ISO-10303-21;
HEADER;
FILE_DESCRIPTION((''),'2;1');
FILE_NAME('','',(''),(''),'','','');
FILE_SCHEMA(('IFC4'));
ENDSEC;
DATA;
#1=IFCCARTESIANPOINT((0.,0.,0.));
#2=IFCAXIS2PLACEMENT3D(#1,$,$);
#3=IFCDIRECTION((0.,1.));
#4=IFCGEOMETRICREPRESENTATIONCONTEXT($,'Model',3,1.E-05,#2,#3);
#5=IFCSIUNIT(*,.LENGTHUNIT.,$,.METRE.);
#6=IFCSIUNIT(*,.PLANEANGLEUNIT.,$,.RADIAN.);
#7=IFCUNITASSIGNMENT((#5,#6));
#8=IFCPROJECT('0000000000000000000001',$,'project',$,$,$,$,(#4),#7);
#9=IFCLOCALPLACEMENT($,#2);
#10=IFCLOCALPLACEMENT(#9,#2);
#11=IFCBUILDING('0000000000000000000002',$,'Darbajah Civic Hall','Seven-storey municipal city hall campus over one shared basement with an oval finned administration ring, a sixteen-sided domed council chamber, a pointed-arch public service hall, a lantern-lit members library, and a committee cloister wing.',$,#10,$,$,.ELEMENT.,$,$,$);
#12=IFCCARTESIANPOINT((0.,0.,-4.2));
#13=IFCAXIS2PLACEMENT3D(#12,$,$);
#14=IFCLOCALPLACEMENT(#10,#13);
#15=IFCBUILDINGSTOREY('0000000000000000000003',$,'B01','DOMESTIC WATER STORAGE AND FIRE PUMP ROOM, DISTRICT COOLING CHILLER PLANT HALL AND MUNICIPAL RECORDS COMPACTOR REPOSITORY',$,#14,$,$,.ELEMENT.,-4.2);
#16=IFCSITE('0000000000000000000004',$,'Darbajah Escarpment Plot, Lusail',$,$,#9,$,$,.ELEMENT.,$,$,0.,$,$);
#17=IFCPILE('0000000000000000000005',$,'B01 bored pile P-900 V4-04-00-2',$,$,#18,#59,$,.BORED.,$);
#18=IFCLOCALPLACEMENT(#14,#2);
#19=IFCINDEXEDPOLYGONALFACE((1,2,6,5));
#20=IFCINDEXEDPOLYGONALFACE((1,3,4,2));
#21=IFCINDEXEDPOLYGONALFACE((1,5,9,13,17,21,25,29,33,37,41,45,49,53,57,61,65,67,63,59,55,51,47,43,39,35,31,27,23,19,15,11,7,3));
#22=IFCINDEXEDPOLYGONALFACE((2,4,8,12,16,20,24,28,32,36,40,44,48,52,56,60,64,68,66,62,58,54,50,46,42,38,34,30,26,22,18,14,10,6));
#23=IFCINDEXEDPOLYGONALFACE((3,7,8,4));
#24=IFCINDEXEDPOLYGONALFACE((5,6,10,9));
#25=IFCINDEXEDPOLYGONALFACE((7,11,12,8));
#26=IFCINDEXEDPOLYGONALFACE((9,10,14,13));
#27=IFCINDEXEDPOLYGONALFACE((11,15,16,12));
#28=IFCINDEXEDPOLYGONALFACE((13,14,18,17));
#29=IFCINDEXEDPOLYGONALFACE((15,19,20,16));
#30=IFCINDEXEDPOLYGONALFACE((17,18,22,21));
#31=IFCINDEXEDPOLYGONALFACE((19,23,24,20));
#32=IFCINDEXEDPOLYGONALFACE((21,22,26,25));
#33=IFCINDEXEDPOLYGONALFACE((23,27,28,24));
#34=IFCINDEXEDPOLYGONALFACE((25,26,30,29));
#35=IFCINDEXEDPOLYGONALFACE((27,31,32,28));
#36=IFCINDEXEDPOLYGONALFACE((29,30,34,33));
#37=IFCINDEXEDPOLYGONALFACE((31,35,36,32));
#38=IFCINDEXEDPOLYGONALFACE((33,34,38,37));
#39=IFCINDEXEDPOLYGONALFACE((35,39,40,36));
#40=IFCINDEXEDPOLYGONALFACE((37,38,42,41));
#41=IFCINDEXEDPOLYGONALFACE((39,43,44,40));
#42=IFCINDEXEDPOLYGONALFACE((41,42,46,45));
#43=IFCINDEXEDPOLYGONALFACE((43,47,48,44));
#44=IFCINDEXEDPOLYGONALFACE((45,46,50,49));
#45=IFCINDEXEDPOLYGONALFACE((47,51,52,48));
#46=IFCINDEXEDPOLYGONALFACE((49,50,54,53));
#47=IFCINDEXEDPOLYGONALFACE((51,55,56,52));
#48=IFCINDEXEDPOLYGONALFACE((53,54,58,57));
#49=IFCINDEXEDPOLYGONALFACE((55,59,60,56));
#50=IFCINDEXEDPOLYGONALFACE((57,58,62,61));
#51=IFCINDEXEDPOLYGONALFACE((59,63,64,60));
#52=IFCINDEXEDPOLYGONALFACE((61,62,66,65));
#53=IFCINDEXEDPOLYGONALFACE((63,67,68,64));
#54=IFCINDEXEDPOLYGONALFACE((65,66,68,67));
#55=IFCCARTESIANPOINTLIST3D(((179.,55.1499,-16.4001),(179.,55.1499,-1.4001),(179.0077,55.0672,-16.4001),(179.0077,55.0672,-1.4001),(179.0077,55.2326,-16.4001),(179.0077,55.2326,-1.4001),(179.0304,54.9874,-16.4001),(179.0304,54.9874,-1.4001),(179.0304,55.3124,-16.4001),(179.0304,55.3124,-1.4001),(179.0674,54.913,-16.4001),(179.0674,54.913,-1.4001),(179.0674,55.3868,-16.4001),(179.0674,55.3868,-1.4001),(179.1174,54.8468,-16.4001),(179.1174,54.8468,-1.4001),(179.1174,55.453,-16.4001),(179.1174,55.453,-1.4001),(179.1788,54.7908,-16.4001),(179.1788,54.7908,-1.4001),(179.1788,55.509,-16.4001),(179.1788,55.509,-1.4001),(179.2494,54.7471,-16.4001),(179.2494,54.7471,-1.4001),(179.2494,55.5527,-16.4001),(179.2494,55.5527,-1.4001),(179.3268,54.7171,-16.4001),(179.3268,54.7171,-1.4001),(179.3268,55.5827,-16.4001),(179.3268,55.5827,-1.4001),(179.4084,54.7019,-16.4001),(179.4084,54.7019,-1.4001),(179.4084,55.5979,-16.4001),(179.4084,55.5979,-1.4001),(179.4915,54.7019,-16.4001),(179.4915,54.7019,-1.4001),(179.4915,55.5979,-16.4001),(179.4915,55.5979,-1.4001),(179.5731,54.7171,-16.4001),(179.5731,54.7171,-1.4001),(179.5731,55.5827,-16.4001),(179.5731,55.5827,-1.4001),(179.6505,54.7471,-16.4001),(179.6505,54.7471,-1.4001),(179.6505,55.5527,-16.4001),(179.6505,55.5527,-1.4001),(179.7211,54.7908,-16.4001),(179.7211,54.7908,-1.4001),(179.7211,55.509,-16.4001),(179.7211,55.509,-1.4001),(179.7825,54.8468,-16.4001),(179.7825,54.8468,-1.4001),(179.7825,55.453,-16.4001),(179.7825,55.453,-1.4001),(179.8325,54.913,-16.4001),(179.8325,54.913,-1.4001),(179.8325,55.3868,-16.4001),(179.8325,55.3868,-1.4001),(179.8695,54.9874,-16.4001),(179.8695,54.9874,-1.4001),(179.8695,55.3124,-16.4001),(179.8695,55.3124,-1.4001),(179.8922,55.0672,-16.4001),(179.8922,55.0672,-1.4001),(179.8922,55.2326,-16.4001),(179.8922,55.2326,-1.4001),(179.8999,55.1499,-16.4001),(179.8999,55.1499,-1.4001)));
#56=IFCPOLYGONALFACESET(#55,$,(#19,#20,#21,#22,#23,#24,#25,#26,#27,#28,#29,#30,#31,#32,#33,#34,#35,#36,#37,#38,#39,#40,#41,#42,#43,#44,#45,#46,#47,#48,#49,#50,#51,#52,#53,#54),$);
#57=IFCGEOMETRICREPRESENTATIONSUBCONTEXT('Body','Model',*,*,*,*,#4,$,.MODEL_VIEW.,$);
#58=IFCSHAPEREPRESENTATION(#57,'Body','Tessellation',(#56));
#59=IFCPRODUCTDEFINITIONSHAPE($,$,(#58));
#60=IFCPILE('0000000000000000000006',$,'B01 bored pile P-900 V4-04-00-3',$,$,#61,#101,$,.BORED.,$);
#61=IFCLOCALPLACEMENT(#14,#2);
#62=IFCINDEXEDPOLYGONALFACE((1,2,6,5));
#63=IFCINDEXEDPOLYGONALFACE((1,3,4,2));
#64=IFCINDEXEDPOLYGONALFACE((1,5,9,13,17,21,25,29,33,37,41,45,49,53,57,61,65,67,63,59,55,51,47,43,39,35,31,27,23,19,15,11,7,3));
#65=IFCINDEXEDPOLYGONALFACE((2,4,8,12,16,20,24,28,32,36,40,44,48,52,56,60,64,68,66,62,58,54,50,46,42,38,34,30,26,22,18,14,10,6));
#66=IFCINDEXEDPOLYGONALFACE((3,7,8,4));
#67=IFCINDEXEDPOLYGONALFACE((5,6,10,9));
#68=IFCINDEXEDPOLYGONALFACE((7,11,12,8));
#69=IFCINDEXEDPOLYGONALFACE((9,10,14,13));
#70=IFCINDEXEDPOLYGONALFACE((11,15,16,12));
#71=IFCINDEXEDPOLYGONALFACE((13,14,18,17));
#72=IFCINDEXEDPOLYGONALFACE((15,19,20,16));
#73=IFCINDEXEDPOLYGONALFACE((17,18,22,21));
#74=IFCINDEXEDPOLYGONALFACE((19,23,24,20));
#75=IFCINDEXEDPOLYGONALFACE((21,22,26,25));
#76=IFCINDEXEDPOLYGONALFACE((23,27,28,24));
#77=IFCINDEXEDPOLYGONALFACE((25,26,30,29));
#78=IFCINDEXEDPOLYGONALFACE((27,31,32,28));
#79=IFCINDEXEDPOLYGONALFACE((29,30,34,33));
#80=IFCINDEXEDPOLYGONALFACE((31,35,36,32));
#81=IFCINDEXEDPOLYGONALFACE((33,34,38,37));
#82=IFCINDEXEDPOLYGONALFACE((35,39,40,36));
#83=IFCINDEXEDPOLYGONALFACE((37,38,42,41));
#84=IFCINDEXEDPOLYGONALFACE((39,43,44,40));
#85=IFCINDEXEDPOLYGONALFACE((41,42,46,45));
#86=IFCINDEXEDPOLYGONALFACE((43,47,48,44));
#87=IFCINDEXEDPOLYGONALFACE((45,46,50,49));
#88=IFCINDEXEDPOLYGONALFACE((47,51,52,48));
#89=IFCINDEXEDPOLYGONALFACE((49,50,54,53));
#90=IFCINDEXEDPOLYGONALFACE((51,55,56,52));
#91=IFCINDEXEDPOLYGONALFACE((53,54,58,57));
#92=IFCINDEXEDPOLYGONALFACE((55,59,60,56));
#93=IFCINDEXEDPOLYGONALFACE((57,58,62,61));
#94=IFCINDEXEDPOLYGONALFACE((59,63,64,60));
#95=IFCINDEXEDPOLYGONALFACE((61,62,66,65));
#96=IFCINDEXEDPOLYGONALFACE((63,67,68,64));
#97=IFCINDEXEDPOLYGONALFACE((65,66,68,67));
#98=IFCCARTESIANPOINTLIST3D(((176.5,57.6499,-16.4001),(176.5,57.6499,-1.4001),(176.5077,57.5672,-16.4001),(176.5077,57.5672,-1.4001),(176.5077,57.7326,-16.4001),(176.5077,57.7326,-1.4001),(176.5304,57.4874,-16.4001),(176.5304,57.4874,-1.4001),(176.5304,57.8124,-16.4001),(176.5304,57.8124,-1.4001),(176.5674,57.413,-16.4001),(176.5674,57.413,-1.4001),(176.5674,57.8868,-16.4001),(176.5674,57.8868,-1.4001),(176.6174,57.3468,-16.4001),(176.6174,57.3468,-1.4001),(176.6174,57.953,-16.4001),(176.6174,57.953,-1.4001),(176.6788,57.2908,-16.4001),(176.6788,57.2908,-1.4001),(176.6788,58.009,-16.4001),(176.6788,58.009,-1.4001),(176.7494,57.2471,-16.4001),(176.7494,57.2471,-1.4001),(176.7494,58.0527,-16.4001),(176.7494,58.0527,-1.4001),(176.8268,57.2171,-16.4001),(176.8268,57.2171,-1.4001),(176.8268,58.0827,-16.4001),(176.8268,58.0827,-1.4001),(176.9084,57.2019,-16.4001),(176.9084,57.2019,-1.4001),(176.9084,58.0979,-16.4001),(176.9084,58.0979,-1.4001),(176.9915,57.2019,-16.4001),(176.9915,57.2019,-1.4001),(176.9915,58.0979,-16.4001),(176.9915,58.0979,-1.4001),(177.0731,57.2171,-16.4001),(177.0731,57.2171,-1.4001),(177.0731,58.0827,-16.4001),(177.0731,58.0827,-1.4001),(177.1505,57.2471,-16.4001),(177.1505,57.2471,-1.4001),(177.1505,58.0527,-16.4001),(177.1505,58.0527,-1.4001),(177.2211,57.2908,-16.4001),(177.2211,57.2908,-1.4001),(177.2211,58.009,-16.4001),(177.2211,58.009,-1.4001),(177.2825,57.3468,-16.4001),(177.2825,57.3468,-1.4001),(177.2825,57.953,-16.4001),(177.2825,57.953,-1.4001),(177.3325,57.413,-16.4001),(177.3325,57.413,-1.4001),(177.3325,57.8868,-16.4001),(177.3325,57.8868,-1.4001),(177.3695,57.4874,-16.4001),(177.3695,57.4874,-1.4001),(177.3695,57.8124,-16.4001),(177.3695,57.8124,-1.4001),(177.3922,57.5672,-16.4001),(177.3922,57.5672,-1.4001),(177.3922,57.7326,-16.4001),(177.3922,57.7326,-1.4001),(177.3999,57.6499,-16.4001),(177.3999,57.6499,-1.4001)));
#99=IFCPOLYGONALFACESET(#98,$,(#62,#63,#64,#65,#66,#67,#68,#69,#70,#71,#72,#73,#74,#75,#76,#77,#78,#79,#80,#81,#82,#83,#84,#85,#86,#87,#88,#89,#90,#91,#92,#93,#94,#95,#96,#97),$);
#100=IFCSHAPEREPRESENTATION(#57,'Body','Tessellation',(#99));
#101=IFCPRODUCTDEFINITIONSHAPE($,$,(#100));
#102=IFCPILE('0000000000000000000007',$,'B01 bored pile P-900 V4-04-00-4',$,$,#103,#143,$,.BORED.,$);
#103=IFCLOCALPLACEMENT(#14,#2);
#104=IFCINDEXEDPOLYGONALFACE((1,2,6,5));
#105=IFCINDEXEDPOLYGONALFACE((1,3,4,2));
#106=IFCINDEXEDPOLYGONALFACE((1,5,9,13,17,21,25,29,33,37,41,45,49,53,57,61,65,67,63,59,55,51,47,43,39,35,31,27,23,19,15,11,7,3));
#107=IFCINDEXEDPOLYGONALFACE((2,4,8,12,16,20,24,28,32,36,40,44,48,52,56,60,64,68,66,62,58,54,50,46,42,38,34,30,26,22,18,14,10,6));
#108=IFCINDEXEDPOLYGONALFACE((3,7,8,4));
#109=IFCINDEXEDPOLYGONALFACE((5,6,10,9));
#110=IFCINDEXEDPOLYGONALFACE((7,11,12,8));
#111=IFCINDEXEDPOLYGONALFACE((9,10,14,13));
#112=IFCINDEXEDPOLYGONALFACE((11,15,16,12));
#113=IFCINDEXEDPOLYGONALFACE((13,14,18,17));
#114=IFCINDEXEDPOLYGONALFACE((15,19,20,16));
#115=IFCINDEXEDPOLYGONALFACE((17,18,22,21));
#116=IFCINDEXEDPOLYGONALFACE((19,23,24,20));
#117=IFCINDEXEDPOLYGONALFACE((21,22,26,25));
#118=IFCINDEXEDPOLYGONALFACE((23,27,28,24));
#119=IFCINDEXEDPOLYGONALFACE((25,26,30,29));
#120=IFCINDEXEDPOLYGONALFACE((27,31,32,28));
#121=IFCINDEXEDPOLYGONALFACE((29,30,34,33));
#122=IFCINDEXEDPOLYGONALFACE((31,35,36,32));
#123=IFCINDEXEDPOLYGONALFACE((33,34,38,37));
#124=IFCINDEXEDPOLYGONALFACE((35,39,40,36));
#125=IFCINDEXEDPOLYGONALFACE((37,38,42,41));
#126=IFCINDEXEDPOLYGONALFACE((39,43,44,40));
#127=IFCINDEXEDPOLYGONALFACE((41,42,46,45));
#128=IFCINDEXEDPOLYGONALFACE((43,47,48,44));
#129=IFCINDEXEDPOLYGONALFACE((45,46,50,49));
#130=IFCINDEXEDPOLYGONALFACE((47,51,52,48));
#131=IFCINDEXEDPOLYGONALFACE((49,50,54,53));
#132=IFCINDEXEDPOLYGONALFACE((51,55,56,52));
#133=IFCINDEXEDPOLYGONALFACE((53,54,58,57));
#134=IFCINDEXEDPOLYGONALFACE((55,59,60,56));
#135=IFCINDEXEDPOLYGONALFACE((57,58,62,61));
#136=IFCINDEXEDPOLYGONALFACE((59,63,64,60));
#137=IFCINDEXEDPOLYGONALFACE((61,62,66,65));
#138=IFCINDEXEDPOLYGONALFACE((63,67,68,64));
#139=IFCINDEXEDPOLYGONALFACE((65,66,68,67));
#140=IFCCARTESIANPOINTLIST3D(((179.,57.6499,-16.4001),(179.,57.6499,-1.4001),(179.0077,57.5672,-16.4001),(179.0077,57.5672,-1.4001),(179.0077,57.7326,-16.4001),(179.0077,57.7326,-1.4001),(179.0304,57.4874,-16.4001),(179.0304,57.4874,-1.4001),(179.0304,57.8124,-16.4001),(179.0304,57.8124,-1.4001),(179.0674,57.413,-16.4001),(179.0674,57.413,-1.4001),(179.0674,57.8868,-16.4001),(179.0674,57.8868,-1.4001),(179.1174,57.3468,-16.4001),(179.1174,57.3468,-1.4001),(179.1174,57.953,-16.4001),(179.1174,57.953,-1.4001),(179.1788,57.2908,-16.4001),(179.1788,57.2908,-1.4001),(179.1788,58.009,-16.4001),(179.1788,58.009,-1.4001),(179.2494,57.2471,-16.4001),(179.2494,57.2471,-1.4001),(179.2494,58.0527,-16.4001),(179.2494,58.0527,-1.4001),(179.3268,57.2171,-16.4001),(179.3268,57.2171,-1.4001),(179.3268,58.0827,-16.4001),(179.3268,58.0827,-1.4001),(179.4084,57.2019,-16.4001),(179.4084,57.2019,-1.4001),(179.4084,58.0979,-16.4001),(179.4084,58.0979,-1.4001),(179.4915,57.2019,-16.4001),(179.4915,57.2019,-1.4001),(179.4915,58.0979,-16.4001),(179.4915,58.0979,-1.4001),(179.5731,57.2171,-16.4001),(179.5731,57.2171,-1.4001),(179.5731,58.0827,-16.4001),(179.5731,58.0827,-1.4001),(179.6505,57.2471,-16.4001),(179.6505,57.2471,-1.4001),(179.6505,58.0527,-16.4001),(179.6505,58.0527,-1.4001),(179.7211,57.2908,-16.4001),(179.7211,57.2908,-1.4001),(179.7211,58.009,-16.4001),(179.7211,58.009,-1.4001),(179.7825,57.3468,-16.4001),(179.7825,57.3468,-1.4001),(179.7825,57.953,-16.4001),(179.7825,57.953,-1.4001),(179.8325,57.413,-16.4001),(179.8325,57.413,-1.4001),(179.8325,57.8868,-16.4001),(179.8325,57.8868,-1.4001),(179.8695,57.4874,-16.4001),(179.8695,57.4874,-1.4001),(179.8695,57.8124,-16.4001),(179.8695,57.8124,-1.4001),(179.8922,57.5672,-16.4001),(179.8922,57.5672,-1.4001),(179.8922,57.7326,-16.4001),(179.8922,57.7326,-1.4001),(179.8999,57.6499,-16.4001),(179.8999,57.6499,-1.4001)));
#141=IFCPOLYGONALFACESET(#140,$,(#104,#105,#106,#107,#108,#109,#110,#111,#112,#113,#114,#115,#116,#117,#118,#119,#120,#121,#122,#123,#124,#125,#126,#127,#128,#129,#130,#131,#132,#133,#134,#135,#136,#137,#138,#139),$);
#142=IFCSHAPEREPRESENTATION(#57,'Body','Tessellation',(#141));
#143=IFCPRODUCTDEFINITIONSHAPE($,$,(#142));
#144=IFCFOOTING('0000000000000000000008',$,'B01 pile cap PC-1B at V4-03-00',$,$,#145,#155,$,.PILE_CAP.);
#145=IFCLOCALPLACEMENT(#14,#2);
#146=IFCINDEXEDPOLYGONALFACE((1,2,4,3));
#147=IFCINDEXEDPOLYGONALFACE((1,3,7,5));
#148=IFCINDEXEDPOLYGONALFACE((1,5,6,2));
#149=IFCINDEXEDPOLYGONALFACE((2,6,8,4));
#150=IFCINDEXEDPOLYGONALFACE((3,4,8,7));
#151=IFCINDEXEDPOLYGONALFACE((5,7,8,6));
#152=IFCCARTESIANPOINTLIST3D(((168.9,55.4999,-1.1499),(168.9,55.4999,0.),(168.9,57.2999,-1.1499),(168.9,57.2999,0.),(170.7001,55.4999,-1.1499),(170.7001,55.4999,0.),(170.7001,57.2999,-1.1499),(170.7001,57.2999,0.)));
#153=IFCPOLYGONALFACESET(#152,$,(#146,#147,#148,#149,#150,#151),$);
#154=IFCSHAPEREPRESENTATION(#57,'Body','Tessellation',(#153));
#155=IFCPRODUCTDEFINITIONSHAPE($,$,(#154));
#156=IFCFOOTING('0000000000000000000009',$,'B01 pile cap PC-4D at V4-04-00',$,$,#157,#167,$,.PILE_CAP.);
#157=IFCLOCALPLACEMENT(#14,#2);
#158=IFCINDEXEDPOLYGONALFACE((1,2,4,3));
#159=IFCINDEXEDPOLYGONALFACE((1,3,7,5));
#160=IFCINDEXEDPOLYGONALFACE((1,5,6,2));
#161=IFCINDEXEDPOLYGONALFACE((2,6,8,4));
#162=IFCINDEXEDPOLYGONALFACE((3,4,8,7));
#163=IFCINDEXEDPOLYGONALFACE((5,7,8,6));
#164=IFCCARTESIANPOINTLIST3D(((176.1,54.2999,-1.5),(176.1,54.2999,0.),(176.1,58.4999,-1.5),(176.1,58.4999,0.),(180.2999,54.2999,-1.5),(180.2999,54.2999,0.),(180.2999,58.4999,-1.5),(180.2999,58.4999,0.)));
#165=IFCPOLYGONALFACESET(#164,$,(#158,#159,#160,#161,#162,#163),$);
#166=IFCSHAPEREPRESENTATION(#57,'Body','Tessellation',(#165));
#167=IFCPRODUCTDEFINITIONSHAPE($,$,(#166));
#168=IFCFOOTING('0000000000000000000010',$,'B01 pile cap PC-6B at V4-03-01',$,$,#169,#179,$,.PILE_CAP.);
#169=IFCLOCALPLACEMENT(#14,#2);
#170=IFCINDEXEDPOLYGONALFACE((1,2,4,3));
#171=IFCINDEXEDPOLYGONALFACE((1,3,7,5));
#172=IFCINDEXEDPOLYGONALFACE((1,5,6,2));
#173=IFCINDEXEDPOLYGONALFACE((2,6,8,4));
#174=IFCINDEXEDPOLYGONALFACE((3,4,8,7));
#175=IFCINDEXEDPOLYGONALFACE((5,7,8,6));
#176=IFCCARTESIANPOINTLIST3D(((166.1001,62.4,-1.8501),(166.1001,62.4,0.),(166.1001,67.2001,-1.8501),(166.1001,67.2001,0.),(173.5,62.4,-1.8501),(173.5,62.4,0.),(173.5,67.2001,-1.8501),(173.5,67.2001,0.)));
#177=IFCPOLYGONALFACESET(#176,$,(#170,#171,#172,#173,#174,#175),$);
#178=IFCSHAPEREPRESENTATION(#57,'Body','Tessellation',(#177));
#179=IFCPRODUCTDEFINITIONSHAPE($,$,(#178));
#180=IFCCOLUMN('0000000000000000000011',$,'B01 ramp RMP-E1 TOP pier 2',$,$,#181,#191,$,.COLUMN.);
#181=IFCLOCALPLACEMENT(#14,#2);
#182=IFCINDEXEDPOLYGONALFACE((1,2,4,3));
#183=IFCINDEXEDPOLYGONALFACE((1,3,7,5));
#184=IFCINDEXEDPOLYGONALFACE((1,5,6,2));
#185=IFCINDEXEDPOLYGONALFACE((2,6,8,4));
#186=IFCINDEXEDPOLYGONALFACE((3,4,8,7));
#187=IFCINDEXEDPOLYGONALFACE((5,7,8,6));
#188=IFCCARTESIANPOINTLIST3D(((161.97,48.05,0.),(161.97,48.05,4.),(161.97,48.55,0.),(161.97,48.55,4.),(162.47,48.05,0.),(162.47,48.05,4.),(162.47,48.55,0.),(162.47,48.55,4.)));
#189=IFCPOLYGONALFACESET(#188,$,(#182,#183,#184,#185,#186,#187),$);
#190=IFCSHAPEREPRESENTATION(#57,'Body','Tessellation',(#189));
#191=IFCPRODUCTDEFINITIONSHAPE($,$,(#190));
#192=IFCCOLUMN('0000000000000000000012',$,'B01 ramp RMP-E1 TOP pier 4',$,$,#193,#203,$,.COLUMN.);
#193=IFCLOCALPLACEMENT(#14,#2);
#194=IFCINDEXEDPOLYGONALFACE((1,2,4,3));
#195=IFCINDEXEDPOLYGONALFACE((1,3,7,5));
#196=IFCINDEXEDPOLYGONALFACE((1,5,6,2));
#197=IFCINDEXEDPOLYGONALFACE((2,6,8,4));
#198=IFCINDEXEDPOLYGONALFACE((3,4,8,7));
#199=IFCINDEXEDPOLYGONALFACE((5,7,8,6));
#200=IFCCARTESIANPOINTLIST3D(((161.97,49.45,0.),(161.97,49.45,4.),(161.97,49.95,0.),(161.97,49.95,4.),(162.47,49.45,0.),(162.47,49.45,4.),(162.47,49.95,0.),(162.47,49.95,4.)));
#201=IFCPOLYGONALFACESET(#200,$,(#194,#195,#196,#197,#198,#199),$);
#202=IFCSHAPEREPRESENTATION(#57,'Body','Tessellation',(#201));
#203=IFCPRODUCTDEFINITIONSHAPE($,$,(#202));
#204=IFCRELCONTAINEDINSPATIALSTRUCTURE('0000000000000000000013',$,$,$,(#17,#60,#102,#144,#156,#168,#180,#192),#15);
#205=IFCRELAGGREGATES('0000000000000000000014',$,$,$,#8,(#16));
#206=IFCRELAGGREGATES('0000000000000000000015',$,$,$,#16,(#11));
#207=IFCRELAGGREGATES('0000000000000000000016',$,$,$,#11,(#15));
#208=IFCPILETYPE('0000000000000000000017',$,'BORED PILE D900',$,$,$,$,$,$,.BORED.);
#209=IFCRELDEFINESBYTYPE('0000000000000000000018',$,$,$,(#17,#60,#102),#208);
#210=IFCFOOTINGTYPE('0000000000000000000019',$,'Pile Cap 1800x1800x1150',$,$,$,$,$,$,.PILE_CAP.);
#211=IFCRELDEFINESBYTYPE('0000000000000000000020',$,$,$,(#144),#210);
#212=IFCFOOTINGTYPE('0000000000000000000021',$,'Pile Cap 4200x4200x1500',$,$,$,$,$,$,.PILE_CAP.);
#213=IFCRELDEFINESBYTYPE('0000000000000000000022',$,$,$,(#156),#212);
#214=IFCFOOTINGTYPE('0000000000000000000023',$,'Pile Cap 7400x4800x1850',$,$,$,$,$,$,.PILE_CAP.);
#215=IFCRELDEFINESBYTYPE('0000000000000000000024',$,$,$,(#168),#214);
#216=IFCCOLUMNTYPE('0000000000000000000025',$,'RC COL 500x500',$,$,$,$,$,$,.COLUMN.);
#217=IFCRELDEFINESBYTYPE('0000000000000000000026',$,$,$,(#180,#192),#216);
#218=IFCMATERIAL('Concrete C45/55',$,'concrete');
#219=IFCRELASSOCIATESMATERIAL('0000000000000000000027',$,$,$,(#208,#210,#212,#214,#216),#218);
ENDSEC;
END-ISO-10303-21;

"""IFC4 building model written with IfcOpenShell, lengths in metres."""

from ifc_helpers import new_model, si_unit, direction, frame, origin, origin_2d, place, context, subcontext, project, spatial, rectangle, circle, extrude, material, material_profile, profile_set, type_object, element, save


model = new_model("IFC4")

# Units and contexts
model_context = context("Model", 3, precision=1e-05, world=origin(), true_north=direction((0.0, 1.0)))
body_context = subcontext(model_context, "Body", "Model", "MODEL_VIEW")
ifc_project = project(units=[si_unit("LENGTHUNIT", "METRE"), si_unit("PLANEANGLEUNIT", "RADIAN")], contexts=[model_context])

# Site, building, storey
site_placement = place(None, origin())
site = spatial("IfcSite", under=ifc_project, at=site_placement, Name="Darbajah Escarpment Plot, Lusail", CompositionType="ELEMENT", RefElevation=0.0)
building_placement = place(site_placement, origin())
building = spatial("IfcBuilding", under=site, at=building_placement, Name="Darbajah Civic Hall", Description="Seven-storey municipal city hall campus over one shared basement with an oval finned administration ring, a sixteen-sided domed council chamber, a pointed-arch public service hall, a lantern-lit members library, and a committee cloister wing.", CompositionType="ELEMENT")
storey_placement = place(building_placement, frame((0.0, 0.0, -4.2)))
storey = spatial("IfcBuildingStorey", under=building, at=storey_placement, Name="B01", Description="DOMESTIC WATER STORAGE AND FIRE PUMP ROOM, DISTRICT COOLING CHILLER PLANT HALL AND MUNICIPAL RECORDS COMPACTOR REPOSITORY", CompositionType="ELEMENT", Elevation=-4.2)

# Piles
ifc_material_1 = material(Name="Concrete C45/55", Category="concrete")
ifc_material_profile_1 = material_profile(ifc_material_1, circle(Radius=0.45, at=origin_2d()), Name="BORED PILE D900")
ifc_profile_set_1 = profile_set([ifc_material_profile_1], Name="Concrete C45/55")
pile_type_1 = type_object("IfcPileType", Name="BORED PILE D900", PredefinedType="BORED", material=ifc_profile_set_1)
for number, where, z_axis, x_axis, name in (
    (1, (179.45, 55.1499, -1.4001), (0.0, 0.0, -1.0), (1.0, 0.0, 0.0), "B01 bored pile P-900 V4-04-00-2"),
    (2, (176.95, 57.6499, -1.4001), (0.0, 0.0, -1.0), (1.0, 0.0, 0.0), "B01 bored pile P-900 V4-04-00-3"),
    (3, (179.45, 57.6499, -1.4001), (0.0, 0.0, -1.0), (1.0, 0.0, 0.0), "B01 bored pile P-900 V4-04-00-4"),
):
    element("IfcPile", number, at=place(storey_placement, frame(where, z_axis=z_axis, x_axis=x_axis)), inside=storey, type_object=pile_type_1, Name=name, PredefinedType="BORED", context=body_context, shape_type="SweptSolid", body=[
        extrude(circle(Radius=0.45, at=origin_2d()), origin(), (0.0, 0.0, 1.0), 15.0),
    ])

# Footings
footing_type_1 = type_object("IfcFootingType", Name="Pile Cap 1800x1800x1150", PredefinedType="PILE_CAP", material=ifc_material_1)
footing_1_placement = place(storey_placement, frame((169.8, 56.3999, -1.1499), z_axis=(0.0, 0.0, 1.0), x_axis=(1.0, 0.0, 0.0)))
element("IfcFooting", 4, at=footing_1_placement, inside=storey, type_object=footing_type_1, Name="B01 pile cap PC-1B at V4-03-00", PredefinedType="PILE_CAP", context=body_context, shape_type="SweptSolid", body=[
    extrude(rectangle(XDim=1.8, YDim=1.8, at=origin_2d()), origin(), (0.0, 0.0, 1.0), 1.1499),
])
footing_type_2 = type_object("IfcFootingType", Name="Pile Cap 4200x4200x1500", PredefinedType="PILE_CAP", material=ifc_material_1)
footing_2_placement = place(storey_placement, frame((178.2, 56.3999, -1.5), z_axis=(0.0, 0.0, 1.0), x_axis=(1.0, 0.0, 0.0)))
element("IfcFooting", 5, at=footing_2_placement, inside=storey, type_object=footing_type_2, Name="B01 pile cap PC-4D at V4-04-00", PredefinedType="PILE_CAP", context=body_context, shape_type="SweptSolid", body=[
    extrude(rectangle(XDim=4.2, YDim=4.2, at=origin_2d()), origin(), (0.0, 0.0, 1.0), 1.5),
])
footing_type_3 = type_object("IfcFootingType", Name="Pile Cap 7400x4800x1850", PredefinedType="PILE_CAP", material=ifc_material_1)
footing_3_placement = place(storey_placement, frame((169.8, 64.8, -1.8501), z_axis=(0.0, 0.0, 1.0), x_axis=(1.0, 0.0, 0.0)))
element("IfcFooting", 6, at=footing_3_placement, inside=storey, type_object=footing_type_3, Name="B01 pile cap PC-6B at V4-03-01", PredefinedType="PILE_CAP", context=body_context, shape_type="SweptSolid", body=[
    extrude(rectangle(XDim=7.3999, YDim=4.8, at=origin_2d()), origin(), (0.0, 0.0, 1.0), 1.8501),
])

# Columns
ifc_material_profile_2 = material_profile(ifc_material_1, rectangle(XDim=0.5, YDim=0.5, at=origin_2d()), Name="RC COL 500x500")
ifc_profile_set_2 = profile_set([ifc_material_profile_2], Name="Concrete C45/55")
column_type_1 = type_object("IfcColumnType", Name="RC COL 500x500", PredefinedType="COLUMN", material=ifc_profile_set_2)
for number, where, z_axis, x_axis, name in (
    (7, (162.22, 48.3, 0.0), (0.0, 0.0, 1.0), (1.0, 0.0, 0.0), "B01 ramp RMP-E1 TOP pier 2"),
    (8, (162.22, 49.7, 0.0), (0.0, 0.0, 1.0), (1.0, 0.0, 0.0), "B01 ramp RMP-E1 TOP pier 4"),
):
    element("IfcColumn", number, at=place(storey_placement, frame(where, z_axis=z_axis, x_axis=x_axis)), inside=storey, type_object=column_type_1, Name=name, PredefinedType="COLUMN", context=body_context, shape_type="SweptSolid", body=[
        extrude(rectangle(XDim=0.5, YDim=0.5, at=origin_2d()), origin(), (0.0, 0.0, 1.0), 4.0),
    ])

save(model, "model.ifc")
